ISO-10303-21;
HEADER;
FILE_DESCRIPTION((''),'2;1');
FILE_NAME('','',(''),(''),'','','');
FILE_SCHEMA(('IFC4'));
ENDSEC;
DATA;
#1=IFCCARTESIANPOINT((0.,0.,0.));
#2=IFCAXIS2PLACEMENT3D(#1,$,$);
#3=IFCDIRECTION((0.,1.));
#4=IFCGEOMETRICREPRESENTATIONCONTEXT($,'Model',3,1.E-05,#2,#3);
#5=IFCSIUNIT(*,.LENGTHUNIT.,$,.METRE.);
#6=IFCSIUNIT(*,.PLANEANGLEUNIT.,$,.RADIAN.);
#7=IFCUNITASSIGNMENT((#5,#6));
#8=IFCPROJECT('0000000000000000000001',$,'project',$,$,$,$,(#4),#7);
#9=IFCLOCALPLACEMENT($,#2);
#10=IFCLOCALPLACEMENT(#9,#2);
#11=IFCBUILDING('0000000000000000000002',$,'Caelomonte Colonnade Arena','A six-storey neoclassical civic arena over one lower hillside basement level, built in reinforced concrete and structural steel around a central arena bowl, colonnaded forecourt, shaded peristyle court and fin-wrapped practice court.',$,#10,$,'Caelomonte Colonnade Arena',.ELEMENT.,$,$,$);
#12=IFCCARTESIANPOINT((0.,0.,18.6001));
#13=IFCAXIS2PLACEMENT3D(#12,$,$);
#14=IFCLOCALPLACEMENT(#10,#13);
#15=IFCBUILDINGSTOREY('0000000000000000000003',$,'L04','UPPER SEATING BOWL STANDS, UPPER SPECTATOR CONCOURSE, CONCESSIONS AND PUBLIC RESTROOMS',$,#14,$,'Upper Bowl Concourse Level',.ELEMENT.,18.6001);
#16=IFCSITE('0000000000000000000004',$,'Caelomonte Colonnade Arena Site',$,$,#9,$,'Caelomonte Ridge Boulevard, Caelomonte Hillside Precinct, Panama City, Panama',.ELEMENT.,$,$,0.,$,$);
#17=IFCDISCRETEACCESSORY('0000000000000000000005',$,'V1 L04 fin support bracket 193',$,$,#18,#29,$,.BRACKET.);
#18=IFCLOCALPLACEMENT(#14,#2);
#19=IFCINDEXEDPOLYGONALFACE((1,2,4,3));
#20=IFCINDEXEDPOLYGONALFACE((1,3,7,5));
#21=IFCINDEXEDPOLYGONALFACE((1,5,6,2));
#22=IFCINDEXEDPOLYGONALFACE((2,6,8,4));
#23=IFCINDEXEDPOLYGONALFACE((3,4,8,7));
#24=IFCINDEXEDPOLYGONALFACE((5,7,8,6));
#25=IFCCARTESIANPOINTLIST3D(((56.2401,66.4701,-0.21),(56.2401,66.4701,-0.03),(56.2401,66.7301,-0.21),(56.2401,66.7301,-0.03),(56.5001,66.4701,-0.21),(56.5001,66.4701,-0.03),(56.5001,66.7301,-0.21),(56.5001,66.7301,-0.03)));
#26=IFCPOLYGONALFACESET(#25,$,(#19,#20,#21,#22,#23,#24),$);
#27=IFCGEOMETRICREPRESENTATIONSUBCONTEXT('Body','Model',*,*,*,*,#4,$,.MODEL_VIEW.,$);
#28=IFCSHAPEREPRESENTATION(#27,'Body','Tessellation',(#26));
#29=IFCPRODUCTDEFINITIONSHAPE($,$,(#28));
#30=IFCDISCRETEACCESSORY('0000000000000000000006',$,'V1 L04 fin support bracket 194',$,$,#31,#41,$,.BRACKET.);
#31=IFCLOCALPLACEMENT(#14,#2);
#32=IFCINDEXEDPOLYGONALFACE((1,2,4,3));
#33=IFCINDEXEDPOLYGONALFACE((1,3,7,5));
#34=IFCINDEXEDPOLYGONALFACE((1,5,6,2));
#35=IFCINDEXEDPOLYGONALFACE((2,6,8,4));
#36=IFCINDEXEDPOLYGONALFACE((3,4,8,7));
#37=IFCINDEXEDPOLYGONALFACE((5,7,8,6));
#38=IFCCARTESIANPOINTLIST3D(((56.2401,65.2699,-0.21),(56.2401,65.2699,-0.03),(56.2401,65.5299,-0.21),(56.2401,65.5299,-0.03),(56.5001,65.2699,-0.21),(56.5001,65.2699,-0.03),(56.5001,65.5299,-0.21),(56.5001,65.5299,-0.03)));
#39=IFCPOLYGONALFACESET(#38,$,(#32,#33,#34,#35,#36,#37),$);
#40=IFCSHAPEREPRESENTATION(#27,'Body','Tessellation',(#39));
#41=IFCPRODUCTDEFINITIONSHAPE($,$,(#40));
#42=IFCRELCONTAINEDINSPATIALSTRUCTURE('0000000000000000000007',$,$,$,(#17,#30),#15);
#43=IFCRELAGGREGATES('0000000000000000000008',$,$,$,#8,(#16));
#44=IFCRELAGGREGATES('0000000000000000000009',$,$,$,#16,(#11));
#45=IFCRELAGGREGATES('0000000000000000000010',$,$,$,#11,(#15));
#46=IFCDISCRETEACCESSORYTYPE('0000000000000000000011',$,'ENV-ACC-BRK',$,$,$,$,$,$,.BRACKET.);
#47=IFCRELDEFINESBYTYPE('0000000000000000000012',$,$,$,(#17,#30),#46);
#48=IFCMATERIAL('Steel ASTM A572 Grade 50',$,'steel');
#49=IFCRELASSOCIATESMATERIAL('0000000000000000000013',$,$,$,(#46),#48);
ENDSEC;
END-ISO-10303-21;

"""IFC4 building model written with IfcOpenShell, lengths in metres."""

from ifc_helpers import new_model, si_unit, direction, frame, origin, origin_2d, place, context, subcontext, project, spatial, rectangle, extrude, material, type_object, element, save


model = new_model("IFC4")

# Units and contexts
model_context = context("Model", 3, precision=1e-05, world=origin(), true_north=direction((0.0, 1.0)))
body_context = subcontext(model_context, "Body", "Model", "MODEL_VIEW")
ifc_project = project(units=[si_unit("LENGTHUNIT", "METRE"), si_unit("PLANEANGLEUNIT", "RADIAN")], contexts=[model_context])

# Site, building, storey
site_placement = place(None, origin())
site = spatial("IfcSite", under=ifc_project, at=site_placement, Name="Caelomonte Colonnade Arena Site", LongName="Caelomonte Ridge Boulevard, Caelomonte Hillside Precinct, Panama City, Panama", CompositionType="ELEMENT", RefElevation=0.0)
building_placement = place(site_placement, origin())
building = spatial("IfcBuilding", under=site, at=building_placement, Name="Caelomonte Colonnade Arena", Description="A six-storey neoclassical civic arena over one lower hillside basement level, built in reinforced concrete and structural steel around a central arena bowl, colonnaded forecourt, shaded peristyle court and fin-wrapped practice court.", LongName="Caelomonte Colonnade Arena", CompositionType="ELEMENT")
storey_placement = place(building_placement, frame((0.0, 0.0, 18.6001)))
storey = spatial("IfcBuildingStorey", under=building, at=storey_placement, Name="L04", Description="UPPER SEATING BOWL STANDS, UPPER SPECTATOR CONCOURSE, CONCESSIONS AND PUBLIC RESTROOMS", LongName="Upper Bowl Concourse Level", CompositionType="ELEMENT", Elevation=18.6001)

# Discrete accessories
ifc_material_1 = material(Name="Steel ASTM A572 Grade 50", Category="steel")
discrete_accessory_type = type_object("IfcDiscreteAccessoryType", Name="ENV-ACC-BRK", PredefinedType="BRACKET", material=ifc_material_1)
for number, where, z_axis, x_axis, name in (
    (1, (56.3701, 66.6001, -0.21), (0.0, 0.0, 1.0), (0.0, -1.0, 0.0), "V1 L04 fin support bracket 193"),
    (2, (56.3701, 65.3999, -0.21), (0.0, 0.0, 1.0), (0.0, -1.0, 0.0), "V1 L04 fin support bracket 194"),
):
    element("IfcDiscreteAccessory", number, at=place(storey_placement, frame(where, z_axis=z_axis, x_axis=x_axis)), inside=storey, type_object=discrete_accessory_type, Name=name, PredefinedType="BRACKET", context=body_context, shape_type="SweptSolid", body=[
        extrude(rectangle(XDim=0.26, YDim=0.26, at=origin_2d()), origin(), (0.0, 0.0, 1.0), 0.1799),
    ])

save(model, "model.ifc")
